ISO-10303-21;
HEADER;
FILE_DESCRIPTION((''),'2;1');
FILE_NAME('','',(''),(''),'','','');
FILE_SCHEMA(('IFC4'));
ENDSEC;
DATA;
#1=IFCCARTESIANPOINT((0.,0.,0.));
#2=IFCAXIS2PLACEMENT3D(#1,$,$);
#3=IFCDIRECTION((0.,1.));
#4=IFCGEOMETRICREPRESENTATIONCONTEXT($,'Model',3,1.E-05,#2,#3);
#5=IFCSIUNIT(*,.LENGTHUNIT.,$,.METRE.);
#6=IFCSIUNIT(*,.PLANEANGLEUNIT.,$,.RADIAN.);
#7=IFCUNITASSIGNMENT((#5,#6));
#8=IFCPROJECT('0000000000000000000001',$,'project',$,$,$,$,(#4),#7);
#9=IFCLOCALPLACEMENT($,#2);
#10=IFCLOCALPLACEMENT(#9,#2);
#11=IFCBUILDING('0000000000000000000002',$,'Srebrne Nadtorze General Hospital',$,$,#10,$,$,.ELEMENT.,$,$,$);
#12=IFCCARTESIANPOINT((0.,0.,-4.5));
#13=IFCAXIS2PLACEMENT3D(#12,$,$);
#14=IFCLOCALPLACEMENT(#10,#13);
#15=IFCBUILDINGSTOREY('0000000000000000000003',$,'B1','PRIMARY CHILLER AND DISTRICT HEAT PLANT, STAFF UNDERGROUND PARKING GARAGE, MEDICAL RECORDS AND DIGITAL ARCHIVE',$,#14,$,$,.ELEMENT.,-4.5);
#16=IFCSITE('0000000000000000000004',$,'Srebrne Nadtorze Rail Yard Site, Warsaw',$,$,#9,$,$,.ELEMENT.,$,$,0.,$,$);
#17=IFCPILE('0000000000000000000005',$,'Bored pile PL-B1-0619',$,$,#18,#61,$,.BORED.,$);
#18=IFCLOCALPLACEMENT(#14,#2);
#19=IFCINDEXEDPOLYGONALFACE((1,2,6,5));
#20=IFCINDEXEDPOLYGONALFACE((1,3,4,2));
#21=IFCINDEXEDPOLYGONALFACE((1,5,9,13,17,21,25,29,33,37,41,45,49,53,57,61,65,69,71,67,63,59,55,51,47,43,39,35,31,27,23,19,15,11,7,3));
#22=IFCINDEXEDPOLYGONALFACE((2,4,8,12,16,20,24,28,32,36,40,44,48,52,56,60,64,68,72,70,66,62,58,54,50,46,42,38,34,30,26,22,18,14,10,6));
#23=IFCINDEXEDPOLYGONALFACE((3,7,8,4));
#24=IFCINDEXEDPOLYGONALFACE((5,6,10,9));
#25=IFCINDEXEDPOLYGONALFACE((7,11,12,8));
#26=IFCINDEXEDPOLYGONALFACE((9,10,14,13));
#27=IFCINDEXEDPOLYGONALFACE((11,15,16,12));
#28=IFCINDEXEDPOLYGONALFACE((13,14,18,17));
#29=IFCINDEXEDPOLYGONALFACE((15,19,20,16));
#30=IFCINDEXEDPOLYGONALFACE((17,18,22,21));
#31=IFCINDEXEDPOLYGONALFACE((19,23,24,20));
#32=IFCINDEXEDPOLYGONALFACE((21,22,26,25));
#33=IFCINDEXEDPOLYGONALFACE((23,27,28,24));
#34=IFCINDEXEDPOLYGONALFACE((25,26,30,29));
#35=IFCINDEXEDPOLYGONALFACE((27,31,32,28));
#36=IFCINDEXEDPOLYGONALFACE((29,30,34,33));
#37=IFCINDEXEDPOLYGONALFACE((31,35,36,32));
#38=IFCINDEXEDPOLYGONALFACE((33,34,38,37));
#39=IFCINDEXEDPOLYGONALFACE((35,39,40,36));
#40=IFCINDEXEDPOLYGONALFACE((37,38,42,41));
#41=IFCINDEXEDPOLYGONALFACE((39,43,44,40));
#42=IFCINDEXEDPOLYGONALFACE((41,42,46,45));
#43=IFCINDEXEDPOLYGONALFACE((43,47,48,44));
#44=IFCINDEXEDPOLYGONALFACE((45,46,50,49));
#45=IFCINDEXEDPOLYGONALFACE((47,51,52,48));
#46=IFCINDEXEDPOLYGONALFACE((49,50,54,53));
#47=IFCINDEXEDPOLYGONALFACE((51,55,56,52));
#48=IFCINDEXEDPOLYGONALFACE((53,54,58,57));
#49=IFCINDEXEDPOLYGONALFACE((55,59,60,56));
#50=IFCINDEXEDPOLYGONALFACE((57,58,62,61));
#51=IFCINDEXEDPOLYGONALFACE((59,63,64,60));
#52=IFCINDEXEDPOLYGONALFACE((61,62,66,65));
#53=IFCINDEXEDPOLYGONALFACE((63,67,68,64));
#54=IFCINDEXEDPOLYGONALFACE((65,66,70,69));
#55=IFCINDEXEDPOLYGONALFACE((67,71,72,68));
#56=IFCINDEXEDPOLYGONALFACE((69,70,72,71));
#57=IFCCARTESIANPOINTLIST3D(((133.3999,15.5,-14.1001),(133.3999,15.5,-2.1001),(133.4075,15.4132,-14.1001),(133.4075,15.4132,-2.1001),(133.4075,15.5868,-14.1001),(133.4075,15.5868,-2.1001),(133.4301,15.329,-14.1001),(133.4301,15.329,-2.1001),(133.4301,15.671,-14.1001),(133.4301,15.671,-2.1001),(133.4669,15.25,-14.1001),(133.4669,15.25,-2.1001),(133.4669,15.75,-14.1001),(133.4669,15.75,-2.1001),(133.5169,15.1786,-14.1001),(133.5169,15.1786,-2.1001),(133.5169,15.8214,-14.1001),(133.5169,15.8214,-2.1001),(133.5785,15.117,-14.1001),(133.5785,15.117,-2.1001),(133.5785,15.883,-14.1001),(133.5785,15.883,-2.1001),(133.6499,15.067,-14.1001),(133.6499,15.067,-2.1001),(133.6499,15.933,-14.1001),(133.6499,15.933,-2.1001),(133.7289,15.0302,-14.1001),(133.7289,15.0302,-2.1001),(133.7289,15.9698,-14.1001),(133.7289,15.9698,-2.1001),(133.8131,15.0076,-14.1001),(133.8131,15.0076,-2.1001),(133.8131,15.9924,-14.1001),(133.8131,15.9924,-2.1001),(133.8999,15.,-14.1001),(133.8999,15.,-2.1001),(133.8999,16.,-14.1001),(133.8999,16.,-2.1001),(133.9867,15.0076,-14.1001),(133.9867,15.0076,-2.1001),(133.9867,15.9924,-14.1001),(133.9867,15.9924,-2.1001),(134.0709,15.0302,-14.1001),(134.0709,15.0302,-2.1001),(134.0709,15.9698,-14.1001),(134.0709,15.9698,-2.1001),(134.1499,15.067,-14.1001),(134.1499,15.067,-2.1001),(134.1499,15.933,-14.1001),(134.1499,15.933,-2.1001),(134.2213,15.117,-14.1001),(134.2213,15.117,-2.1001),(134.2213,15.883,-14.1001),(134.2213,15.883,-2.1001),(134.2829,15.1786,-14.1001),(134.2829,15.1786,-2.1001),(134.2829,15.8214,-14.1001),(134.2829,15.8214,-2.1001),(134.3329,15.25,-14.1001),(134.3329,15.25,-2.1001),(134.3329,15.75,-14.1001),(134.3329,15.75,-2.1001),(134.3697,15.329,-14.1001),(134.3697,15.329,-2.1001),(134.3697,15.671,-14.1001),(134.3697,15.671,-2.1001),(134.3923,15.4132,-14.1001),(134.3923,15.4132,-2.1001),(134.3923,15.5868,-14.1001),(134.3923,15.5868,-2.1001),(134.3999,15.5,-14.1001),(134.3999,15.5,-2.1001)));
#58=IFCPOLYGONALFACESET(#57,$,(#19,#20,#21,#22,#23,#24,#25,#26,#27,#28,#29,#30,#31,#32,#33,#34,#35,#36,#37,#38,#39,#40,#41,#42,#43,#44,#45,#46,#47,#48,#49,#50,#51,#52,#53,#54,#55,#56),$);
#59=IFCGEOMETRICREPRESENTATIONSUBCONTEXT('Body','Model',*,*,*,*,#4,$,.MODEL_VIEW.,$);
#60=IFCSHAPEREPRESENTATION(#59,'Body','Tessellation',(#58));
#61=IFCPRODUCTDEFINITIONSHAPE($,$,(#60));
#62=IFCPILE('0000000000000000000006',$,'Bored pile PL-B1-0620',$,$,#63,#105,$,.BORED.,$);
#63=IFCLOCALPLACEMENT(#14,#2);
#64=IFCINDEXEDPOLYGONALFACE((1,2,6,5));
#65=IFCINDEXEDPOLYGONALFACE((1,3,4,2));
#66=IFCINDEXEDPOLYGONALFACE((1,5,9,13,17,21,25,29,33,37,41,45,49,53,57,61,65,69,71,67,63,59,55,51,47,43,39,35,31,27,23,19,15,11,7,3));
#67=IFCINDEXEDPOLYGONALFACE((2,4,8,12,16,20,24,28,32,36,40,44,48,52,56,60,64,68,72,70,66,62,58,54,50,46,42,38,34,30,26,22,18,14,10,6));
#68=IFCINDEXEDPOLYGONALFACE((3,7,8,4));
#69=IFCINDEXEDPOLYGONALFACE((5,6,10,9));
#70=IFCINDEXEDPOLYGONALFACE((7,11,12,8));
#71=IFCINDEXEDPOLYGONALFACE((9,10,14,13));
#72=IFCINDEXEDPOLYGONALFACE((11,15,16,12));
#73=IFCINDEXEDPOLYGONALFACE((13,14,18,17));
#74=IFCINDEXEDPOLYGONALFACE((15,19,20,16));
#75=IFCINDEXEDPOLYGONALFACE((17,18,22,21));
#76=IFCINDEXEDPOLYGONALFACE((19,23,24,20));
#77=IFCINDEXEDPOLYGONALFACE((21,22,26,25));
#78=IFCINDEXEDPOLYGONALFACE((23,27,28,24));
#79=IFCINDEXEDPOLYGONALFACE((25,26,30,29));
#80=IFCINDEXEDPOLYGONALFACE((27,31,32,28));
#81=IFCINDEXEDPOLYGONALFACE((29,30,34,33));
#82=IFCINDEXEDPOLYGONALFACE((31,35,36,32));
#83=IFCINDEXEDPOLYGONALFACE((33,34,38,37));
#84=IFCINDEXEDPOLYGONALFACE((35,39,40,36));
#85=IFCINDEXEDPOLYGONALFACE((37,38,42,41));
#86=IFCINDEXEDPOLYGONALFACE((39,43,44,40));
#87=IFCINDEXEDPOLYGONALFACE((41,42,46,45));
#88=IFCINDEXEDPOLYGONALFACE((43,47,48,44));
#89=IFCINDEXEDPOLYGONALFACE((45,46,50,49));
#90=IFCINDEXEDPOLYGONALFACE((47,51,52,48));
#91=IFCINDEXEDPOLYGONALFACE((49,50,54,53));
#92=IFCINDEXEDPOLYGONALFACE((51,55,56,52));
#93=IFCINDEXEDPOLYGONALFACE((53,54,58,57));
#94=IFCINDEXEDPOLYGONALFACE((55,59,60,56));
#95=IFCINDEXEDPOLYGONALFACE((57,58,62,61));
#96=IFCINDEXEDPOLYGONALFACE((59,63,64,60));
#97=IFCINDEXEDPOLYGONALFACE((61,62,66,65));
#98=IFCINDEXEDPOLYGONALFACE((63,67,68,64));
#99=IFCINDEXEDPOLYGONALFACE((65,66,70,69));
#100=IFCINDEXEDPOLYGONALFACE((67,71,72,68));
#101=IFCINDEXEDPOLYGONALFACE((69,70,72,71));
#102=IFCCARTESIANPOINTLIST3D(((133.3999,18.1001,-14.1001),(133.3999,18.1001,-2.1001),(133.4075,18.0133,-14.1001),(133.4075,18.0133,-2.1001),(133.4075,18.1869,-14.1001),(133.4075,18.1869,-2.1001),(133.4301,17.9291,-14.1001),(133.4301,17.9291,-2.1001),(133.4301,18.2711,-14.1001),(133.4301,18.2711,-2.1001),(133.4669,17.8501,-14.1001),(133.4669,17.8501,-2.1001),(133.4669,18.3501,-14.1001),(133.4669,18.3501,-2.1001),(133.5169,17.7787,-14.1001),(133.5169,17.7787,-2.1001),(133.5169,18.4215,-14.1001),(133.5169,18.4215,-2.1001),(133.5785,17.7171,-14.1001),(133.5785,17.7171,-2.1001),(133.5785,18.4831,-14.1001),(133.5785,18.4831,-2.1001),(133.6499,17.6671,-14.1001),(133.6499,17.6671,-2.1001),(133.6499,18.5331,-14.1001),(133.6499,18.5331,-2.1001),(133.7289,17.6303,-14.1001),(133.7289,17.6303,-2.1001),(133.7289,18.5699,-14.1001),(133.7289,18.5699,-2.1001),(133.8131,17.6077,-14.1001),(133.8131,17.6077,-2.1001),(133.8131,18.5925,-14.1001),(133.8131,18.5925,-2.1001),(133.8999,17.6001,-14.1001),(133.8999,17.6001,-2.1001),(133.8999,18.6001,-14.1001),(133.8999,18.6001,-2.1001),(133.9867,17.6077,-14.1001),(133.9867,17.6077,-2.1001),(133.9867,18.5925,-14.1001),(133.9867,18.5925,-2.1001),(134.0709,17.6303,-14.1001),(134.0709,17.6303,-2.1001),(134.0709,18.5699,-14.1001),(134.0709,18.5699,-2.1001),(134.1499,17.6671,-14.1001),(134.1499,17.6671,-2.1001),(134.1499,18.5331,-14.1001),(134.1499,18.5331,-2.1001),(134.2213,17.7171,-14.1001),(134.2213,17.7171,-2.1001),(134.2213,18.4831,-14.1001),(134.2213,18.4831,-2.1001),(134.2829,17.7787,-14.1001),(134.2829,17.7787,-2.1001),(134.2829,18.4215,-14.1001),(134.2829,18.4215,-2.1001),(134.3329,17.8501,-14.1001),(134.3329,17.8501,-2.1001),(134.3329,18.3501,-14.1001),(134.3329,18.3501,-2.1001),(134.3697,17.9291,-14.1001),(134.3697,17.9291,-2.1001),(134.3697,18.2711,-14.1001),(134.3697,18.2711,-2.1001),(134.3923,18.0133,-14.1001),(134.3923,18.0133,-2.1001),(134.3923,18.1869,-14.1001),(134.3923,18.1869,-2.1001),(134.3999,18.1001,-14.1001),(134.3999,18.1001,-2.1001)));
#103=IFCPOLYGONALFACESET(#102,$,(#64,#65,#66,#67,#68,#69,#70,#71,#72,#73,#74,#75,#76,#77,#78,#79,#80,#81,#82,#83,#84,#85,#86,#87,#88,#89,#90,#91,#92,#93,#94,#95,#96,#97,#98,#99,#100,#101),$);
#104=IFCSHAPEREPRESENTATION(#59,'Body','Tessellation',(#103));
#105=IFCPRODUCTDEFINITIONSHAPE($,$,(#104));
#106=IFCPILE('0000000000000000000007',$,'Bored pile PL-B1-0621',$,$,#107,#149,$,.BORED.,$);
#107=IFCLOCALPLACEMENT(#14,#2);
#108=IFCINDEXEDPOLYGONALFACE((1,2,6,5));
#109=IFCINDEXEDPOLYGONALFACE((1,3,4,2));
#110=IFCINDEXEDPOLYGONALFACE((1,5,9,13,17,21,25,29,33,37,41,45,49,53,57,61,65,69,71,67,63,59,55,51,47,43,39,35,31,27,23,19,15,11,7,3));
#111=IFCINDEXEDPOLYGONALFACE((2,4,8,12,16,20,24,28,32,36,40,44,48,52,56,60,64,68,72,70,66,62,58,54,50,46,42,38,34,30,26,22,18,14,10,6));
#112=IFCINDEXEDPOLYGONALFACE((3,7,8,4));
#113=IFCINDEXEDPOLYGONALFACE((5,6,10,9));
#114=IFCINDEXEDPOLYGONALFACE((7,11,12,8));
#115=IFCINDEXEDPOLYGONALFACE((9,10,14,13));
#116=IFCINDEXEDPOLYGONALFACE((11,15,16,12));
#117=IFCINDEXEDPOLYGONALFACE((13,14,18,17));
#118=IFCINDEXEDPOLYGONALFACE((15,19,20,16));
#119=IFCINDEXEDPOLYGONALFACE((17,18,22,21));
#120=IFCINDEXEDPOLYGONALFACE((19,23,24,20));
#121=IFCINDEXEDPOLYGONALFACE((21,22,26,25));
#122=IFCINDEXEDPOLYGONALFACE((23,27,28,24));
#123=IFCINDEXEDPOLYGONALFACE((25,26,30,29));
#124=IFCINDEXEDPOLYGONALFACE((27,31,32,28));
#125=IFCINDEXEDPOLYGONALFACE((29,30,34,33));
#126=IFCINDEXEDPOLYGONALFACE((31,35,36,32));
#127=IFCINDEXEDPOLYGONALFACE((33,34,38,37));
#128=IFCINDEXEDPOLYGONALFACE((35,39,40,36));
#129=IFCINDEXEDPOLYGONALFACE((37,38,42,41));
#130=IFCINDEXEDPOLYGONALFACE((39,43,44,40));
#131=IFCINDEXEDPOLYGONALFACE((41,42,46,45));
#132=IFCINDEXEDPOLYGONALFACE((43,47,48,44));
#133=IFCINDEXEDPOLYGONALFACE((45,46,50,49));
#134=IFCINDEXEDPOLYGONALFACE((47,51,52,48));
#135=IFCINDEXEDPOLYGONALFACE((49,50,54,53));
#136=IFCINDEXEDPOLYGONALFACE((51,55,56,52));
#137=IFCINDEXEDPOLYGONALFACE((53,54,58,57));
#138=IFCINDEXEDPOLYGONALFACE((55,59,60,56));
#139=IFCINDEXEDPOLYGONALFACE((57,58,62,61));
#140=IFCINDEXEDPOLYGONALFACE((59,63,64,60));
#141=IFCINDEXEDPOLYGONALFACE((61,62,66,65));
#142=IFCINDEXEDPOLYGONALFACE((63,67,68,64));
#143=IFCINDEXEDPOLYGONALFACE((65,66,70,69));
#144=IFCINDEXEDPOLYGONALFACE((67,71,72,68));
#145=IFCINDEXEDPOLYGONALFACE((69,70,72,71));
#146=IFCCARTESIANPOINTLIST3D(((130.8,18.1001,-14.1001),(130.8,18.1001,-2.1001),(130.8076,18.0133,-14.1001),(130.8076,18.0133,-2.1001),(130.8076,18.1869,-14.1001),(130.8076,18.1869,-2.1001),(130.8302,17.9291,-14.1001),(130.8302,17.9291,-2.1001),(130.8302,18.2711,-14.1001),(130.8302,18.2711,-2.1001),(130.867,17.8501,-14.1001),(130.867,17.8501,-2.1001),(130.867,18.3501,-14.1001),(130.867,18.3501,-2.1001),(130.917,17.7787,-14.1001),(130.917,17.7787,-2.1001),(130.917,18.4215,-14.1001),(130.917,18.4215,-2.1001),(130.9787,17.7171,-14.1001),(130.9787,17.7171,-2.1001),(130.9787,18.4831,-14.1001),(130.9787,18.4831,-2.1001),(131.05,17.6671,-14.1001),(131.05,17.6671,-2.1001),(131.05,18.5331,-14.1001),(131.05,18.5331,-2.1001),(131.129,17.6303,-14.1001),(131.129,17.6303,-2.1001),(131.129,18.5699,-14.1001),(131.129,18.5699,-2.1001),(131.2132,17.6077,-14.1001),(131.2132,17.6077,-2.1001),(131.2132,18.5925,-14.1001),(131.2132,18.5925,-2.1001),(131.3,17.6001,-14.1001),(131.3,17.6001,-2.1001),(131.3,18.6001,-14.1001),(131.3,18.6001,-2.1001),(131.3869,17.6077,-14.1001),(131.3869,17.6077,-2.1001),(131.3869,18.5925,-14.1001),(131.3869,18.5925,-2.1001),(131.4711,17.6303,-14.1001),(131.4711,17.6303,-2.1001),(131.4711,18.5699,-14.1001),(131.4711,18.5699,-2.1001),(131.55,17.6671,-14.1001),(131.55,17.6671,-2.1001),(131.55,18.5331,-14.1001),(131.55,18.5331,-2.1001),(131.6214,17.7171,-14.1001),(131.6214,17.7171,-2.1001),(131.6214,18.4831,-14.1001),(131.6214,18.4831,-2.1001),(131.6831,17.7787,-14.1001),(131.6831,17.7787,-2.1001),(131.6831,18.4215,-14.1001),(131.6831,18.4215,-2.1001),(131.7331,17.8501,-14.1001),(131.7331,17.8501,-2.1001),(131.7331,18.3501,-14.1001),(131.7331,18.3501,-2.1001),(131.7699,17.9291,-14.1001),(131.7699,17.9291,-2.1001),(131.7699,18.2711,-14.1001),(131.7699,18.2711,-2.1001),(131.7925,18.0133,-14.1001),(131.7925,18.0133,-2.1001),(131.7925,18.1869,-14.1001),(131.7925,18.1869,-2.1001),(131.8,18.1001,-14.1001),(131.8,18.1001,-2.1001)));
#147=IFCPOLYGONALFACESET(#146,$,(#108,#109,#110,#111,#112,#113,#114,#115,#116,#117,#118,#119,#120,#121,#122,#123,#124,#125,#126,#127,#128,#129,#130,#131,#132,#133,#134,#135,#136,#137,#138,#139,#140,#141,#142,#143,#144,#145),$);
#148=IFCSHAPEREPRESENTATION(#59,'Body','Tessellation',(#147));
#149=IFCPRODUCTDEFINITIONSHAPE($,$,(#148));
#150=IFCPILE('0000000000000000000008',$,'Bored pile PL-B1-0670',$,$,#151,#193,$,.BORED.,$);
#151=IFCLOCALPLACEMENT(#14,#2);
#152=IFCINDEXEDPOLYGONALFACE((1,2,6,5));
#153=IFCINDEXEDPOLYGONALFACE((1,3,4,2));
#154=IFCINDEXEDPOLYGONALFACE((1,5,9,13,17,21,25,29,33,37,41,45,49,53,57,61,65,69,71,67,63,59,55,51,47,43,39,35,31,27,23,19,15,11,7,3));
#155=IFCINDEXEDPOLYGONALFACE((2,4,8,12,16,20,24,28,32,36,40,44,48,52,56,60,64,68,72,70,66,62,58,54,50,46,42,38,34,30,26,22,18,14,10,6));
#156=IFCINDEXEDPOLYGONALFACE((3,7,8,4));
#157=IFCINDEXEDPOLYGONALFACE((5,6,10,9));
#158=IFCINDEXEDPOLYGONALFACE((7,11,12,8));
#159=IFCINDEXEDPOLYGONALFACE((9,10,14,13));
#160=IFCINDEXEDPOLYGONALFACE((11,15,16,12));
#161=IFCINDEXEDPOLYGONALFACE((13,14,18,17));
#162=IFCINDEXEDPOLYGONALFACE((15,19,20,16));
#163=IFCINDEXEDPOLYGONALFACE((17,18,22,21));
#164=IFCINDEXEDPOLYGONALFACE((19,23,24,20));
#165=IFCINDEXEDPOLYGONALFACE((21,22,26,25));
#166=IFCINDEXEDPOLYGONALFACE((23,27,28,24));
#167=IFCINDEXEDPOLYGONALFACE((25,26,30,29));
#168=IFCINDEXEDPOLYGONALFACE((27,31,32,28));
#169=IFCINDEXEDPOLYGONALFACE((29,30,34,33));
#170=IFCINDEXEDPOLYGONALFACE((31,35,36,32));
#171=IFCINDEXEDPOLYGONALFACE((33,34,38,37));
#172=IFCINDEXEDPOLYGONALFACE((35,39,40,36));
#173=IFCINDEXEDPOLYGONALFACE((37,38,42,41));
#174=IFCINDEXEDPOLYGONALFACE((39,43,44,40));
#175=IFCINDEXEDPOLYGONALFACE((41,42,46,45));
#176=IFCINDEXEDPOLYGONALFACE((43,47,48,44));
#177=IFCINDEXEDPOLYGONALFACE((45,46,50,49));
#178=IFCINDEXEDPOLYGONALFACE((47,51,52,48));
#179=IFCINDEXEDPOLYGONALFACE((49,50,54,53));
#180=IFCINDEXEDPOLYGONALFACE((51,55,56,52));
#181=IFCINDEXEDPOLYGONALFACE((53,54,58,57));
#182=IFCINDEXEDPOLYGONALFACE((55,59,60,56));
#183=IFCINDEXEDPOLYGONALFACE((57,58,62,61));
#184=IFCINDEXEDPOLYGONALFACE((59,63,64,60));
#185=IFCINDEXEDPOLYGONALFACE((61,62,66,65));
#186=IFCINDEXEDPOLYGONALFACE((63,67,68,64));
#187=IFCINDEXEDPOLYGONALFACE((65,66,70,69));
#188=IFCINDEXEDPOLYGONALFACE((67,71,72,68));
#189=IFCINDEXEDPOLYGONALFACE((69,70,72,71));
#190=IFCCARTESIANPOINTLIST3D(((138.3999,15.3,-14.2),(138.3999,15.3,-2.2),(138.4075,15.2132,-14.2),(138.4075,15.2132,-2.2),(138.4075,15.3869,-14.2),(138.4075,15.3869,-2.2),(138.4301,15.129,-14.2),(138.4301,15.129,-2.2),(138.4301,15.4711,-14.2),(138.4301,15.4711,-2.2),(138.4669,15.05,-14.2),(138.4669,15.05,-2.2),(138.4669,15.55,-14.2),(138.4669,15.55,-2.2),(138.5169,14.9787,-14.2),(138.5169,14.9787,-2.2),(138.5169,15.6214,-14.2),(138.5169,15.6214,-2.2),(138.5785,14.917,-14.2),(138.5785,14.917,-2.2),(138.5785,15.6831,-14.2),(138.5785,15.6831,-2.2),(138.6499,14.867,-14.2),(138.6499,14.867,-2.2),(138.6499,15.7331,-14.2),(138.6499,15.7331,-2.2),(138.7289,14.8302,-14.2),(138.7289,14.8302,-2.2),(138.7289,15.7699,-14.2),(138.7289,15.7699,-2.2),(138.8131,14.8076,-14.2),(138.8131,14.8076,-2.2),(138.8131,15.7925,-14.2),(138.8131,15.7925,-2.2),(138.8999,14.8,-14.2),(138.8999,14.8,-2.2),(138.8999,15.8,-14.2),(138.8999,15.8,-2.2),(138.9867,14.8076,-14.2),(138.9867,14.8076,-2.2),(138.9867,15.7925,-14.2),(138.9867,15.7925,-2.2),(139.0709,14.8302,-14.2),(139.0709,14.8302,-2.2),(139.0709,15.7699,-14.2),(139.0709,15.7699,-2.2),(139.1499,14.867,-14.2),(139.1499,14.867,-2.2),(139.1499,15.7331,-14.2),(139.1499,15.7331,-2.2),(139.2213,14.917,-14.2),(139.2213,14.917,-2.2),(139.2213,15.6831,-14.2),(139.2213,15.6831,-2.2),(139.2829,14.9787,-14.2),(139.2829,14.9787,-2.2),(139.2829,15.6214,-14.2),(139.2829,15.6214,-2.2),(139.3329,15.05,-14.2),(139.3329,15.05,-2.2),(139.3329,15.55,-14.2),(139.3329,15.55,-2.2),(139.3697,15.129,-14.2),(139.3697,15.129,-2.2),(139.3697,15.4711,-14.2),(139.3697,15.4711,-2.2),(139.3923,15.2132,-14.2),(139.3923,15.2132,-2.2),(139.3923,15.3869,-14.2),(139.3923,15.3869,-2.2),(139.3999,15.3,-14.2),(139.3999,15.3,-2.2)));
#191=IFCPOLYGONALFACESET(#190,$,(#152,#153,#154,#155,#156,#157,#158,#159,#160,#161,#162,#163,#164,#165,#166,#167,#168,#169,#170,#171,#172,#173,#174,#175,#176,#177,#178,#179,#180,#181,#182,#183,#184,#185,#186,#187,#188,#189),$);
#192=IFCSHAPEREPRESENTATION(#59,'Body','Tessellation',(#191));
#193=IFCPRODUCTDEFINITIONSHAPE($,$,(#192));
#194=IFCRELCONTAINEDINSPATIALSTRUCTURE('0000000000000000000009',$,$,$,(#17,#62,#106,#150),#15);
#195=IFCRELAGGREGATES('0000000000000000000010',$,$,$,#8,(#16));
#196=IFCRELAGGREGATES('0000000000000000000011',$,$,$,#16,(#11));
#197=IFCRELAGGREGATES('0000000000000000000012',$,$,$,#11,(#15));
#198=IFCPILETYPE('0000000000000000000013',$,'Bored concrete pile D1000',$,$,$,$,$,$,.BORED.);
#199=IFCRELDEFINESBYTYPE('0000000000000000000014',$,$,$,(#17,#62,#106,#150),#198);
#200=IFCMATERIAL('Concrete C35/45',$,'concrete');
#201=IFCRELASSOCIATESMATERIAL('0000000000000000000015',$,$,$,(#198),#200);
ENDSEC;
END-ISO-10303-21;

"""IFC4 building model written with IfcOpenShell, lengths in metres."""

from ifc_helpers import new_model, si_unit, direction, frame, origin, origin_2d, place, context, subcontext, project, spatial, circle, extrude, material, material_profile, profile_set, type_object, element, save


model = new_model("IFC4")

# Units and contexts
model_context = context("Model", 3, precision=1e-05, world=origin(), true_north=direction((0.0, 1.0)))
body_context = subcontext(model_context, "Body", "Model", "MODEL_VIEW")
ifc_project = project(units=[si_unit("LENGTHUNIT", "METRE"), si_unit("PLANEANGLEUNIT", "RADIAN")], contexts=[model_context])

# Site, building, storey
site_placement = place(None, origin())
site = spatial("IfcSite", under=ifc_project, at=site_placement, Name="Srebrne Nadtorze Rail Yard Site, Warsaw", CompositionType="ELEMENT", RefElevation=0.0)
building_placement = place(site_placement, origin())
building = spatial("IfcBuilding", under=site, at=building_placement, Name="Srebrne Nadtorze General Hospital", CompositionType="ELEMENT")
storey_placement = place(building_placement, frame((0.0, 0.0, -4.5)))
storey = spatial("IfcBuildingStorey", under=building, at=storey_placement, Name="B1", Description="PRIMARY CHILLER AND DISTRICT HEAT PLANT, STAFF UNDERGROUND PARKING GARAGE, MEDICAL RECORDS AND DIGITAL ARCHIVE", CompositionType="ELEMENT", Elevation=-4.5)

# Piles
ifc_material_1 = material(Name="Concrete C35/45", Category="concrete")
ifc_material_profile_1 = material_profile(ifc_material_1, circle(Radius=0.5, at=origin_2d()), Name="PILE-D1000")
ifc_profile_set_1 = profile_set([ifc_material_profile_1], Name="Concrete C35/45")
pile_type_1 = type_object("IfcPileType", Name="Bored concrete pile D1000", PredefinedType="BORED", material=ifc_profile_set_1)
for number, where, z_axis, x_axis, name in (
    (1, (133.8999, 15.5, -2.1001), (0.0, 0.0, -1.0), (1.0, 0.0, 0.0), "Bored pile PL-B1-0619"),
    (2, (133.8999, 18.1001, -2.1001), (0.0, 0.0, -1.0), (1.0, 0.0, 0.0), "Bored pile PL-B1-0620"),
    (3, (131.3, 18.1001, -2.1001), (0.0, 0.0, -1.0), (1.0, 0.0, 0.0), "Bored pile PL-B1-0621"),
    (4, (138.8999, 15.3, -2.2), (0.0, 0.0, -1.0), (1.0, 0.0, 0.0), "Bored pile PL-B1-0670"),
):
    element("IfcPile", number, at=place(storey_placement, frame(where, z_axis=z_axis, x_axis=x_axis)), inside=storey, type_object=pile_type_1, Name=name, PredefinedType="BORED", context=body_context, shape_type="SweptSolid", body=[
        extrude(circle(Radius=0.5, at=origin_2d()), origin(), (0.0, 0.0, 1.0), 12.0),
    ])

save(model, "model.ifc")
